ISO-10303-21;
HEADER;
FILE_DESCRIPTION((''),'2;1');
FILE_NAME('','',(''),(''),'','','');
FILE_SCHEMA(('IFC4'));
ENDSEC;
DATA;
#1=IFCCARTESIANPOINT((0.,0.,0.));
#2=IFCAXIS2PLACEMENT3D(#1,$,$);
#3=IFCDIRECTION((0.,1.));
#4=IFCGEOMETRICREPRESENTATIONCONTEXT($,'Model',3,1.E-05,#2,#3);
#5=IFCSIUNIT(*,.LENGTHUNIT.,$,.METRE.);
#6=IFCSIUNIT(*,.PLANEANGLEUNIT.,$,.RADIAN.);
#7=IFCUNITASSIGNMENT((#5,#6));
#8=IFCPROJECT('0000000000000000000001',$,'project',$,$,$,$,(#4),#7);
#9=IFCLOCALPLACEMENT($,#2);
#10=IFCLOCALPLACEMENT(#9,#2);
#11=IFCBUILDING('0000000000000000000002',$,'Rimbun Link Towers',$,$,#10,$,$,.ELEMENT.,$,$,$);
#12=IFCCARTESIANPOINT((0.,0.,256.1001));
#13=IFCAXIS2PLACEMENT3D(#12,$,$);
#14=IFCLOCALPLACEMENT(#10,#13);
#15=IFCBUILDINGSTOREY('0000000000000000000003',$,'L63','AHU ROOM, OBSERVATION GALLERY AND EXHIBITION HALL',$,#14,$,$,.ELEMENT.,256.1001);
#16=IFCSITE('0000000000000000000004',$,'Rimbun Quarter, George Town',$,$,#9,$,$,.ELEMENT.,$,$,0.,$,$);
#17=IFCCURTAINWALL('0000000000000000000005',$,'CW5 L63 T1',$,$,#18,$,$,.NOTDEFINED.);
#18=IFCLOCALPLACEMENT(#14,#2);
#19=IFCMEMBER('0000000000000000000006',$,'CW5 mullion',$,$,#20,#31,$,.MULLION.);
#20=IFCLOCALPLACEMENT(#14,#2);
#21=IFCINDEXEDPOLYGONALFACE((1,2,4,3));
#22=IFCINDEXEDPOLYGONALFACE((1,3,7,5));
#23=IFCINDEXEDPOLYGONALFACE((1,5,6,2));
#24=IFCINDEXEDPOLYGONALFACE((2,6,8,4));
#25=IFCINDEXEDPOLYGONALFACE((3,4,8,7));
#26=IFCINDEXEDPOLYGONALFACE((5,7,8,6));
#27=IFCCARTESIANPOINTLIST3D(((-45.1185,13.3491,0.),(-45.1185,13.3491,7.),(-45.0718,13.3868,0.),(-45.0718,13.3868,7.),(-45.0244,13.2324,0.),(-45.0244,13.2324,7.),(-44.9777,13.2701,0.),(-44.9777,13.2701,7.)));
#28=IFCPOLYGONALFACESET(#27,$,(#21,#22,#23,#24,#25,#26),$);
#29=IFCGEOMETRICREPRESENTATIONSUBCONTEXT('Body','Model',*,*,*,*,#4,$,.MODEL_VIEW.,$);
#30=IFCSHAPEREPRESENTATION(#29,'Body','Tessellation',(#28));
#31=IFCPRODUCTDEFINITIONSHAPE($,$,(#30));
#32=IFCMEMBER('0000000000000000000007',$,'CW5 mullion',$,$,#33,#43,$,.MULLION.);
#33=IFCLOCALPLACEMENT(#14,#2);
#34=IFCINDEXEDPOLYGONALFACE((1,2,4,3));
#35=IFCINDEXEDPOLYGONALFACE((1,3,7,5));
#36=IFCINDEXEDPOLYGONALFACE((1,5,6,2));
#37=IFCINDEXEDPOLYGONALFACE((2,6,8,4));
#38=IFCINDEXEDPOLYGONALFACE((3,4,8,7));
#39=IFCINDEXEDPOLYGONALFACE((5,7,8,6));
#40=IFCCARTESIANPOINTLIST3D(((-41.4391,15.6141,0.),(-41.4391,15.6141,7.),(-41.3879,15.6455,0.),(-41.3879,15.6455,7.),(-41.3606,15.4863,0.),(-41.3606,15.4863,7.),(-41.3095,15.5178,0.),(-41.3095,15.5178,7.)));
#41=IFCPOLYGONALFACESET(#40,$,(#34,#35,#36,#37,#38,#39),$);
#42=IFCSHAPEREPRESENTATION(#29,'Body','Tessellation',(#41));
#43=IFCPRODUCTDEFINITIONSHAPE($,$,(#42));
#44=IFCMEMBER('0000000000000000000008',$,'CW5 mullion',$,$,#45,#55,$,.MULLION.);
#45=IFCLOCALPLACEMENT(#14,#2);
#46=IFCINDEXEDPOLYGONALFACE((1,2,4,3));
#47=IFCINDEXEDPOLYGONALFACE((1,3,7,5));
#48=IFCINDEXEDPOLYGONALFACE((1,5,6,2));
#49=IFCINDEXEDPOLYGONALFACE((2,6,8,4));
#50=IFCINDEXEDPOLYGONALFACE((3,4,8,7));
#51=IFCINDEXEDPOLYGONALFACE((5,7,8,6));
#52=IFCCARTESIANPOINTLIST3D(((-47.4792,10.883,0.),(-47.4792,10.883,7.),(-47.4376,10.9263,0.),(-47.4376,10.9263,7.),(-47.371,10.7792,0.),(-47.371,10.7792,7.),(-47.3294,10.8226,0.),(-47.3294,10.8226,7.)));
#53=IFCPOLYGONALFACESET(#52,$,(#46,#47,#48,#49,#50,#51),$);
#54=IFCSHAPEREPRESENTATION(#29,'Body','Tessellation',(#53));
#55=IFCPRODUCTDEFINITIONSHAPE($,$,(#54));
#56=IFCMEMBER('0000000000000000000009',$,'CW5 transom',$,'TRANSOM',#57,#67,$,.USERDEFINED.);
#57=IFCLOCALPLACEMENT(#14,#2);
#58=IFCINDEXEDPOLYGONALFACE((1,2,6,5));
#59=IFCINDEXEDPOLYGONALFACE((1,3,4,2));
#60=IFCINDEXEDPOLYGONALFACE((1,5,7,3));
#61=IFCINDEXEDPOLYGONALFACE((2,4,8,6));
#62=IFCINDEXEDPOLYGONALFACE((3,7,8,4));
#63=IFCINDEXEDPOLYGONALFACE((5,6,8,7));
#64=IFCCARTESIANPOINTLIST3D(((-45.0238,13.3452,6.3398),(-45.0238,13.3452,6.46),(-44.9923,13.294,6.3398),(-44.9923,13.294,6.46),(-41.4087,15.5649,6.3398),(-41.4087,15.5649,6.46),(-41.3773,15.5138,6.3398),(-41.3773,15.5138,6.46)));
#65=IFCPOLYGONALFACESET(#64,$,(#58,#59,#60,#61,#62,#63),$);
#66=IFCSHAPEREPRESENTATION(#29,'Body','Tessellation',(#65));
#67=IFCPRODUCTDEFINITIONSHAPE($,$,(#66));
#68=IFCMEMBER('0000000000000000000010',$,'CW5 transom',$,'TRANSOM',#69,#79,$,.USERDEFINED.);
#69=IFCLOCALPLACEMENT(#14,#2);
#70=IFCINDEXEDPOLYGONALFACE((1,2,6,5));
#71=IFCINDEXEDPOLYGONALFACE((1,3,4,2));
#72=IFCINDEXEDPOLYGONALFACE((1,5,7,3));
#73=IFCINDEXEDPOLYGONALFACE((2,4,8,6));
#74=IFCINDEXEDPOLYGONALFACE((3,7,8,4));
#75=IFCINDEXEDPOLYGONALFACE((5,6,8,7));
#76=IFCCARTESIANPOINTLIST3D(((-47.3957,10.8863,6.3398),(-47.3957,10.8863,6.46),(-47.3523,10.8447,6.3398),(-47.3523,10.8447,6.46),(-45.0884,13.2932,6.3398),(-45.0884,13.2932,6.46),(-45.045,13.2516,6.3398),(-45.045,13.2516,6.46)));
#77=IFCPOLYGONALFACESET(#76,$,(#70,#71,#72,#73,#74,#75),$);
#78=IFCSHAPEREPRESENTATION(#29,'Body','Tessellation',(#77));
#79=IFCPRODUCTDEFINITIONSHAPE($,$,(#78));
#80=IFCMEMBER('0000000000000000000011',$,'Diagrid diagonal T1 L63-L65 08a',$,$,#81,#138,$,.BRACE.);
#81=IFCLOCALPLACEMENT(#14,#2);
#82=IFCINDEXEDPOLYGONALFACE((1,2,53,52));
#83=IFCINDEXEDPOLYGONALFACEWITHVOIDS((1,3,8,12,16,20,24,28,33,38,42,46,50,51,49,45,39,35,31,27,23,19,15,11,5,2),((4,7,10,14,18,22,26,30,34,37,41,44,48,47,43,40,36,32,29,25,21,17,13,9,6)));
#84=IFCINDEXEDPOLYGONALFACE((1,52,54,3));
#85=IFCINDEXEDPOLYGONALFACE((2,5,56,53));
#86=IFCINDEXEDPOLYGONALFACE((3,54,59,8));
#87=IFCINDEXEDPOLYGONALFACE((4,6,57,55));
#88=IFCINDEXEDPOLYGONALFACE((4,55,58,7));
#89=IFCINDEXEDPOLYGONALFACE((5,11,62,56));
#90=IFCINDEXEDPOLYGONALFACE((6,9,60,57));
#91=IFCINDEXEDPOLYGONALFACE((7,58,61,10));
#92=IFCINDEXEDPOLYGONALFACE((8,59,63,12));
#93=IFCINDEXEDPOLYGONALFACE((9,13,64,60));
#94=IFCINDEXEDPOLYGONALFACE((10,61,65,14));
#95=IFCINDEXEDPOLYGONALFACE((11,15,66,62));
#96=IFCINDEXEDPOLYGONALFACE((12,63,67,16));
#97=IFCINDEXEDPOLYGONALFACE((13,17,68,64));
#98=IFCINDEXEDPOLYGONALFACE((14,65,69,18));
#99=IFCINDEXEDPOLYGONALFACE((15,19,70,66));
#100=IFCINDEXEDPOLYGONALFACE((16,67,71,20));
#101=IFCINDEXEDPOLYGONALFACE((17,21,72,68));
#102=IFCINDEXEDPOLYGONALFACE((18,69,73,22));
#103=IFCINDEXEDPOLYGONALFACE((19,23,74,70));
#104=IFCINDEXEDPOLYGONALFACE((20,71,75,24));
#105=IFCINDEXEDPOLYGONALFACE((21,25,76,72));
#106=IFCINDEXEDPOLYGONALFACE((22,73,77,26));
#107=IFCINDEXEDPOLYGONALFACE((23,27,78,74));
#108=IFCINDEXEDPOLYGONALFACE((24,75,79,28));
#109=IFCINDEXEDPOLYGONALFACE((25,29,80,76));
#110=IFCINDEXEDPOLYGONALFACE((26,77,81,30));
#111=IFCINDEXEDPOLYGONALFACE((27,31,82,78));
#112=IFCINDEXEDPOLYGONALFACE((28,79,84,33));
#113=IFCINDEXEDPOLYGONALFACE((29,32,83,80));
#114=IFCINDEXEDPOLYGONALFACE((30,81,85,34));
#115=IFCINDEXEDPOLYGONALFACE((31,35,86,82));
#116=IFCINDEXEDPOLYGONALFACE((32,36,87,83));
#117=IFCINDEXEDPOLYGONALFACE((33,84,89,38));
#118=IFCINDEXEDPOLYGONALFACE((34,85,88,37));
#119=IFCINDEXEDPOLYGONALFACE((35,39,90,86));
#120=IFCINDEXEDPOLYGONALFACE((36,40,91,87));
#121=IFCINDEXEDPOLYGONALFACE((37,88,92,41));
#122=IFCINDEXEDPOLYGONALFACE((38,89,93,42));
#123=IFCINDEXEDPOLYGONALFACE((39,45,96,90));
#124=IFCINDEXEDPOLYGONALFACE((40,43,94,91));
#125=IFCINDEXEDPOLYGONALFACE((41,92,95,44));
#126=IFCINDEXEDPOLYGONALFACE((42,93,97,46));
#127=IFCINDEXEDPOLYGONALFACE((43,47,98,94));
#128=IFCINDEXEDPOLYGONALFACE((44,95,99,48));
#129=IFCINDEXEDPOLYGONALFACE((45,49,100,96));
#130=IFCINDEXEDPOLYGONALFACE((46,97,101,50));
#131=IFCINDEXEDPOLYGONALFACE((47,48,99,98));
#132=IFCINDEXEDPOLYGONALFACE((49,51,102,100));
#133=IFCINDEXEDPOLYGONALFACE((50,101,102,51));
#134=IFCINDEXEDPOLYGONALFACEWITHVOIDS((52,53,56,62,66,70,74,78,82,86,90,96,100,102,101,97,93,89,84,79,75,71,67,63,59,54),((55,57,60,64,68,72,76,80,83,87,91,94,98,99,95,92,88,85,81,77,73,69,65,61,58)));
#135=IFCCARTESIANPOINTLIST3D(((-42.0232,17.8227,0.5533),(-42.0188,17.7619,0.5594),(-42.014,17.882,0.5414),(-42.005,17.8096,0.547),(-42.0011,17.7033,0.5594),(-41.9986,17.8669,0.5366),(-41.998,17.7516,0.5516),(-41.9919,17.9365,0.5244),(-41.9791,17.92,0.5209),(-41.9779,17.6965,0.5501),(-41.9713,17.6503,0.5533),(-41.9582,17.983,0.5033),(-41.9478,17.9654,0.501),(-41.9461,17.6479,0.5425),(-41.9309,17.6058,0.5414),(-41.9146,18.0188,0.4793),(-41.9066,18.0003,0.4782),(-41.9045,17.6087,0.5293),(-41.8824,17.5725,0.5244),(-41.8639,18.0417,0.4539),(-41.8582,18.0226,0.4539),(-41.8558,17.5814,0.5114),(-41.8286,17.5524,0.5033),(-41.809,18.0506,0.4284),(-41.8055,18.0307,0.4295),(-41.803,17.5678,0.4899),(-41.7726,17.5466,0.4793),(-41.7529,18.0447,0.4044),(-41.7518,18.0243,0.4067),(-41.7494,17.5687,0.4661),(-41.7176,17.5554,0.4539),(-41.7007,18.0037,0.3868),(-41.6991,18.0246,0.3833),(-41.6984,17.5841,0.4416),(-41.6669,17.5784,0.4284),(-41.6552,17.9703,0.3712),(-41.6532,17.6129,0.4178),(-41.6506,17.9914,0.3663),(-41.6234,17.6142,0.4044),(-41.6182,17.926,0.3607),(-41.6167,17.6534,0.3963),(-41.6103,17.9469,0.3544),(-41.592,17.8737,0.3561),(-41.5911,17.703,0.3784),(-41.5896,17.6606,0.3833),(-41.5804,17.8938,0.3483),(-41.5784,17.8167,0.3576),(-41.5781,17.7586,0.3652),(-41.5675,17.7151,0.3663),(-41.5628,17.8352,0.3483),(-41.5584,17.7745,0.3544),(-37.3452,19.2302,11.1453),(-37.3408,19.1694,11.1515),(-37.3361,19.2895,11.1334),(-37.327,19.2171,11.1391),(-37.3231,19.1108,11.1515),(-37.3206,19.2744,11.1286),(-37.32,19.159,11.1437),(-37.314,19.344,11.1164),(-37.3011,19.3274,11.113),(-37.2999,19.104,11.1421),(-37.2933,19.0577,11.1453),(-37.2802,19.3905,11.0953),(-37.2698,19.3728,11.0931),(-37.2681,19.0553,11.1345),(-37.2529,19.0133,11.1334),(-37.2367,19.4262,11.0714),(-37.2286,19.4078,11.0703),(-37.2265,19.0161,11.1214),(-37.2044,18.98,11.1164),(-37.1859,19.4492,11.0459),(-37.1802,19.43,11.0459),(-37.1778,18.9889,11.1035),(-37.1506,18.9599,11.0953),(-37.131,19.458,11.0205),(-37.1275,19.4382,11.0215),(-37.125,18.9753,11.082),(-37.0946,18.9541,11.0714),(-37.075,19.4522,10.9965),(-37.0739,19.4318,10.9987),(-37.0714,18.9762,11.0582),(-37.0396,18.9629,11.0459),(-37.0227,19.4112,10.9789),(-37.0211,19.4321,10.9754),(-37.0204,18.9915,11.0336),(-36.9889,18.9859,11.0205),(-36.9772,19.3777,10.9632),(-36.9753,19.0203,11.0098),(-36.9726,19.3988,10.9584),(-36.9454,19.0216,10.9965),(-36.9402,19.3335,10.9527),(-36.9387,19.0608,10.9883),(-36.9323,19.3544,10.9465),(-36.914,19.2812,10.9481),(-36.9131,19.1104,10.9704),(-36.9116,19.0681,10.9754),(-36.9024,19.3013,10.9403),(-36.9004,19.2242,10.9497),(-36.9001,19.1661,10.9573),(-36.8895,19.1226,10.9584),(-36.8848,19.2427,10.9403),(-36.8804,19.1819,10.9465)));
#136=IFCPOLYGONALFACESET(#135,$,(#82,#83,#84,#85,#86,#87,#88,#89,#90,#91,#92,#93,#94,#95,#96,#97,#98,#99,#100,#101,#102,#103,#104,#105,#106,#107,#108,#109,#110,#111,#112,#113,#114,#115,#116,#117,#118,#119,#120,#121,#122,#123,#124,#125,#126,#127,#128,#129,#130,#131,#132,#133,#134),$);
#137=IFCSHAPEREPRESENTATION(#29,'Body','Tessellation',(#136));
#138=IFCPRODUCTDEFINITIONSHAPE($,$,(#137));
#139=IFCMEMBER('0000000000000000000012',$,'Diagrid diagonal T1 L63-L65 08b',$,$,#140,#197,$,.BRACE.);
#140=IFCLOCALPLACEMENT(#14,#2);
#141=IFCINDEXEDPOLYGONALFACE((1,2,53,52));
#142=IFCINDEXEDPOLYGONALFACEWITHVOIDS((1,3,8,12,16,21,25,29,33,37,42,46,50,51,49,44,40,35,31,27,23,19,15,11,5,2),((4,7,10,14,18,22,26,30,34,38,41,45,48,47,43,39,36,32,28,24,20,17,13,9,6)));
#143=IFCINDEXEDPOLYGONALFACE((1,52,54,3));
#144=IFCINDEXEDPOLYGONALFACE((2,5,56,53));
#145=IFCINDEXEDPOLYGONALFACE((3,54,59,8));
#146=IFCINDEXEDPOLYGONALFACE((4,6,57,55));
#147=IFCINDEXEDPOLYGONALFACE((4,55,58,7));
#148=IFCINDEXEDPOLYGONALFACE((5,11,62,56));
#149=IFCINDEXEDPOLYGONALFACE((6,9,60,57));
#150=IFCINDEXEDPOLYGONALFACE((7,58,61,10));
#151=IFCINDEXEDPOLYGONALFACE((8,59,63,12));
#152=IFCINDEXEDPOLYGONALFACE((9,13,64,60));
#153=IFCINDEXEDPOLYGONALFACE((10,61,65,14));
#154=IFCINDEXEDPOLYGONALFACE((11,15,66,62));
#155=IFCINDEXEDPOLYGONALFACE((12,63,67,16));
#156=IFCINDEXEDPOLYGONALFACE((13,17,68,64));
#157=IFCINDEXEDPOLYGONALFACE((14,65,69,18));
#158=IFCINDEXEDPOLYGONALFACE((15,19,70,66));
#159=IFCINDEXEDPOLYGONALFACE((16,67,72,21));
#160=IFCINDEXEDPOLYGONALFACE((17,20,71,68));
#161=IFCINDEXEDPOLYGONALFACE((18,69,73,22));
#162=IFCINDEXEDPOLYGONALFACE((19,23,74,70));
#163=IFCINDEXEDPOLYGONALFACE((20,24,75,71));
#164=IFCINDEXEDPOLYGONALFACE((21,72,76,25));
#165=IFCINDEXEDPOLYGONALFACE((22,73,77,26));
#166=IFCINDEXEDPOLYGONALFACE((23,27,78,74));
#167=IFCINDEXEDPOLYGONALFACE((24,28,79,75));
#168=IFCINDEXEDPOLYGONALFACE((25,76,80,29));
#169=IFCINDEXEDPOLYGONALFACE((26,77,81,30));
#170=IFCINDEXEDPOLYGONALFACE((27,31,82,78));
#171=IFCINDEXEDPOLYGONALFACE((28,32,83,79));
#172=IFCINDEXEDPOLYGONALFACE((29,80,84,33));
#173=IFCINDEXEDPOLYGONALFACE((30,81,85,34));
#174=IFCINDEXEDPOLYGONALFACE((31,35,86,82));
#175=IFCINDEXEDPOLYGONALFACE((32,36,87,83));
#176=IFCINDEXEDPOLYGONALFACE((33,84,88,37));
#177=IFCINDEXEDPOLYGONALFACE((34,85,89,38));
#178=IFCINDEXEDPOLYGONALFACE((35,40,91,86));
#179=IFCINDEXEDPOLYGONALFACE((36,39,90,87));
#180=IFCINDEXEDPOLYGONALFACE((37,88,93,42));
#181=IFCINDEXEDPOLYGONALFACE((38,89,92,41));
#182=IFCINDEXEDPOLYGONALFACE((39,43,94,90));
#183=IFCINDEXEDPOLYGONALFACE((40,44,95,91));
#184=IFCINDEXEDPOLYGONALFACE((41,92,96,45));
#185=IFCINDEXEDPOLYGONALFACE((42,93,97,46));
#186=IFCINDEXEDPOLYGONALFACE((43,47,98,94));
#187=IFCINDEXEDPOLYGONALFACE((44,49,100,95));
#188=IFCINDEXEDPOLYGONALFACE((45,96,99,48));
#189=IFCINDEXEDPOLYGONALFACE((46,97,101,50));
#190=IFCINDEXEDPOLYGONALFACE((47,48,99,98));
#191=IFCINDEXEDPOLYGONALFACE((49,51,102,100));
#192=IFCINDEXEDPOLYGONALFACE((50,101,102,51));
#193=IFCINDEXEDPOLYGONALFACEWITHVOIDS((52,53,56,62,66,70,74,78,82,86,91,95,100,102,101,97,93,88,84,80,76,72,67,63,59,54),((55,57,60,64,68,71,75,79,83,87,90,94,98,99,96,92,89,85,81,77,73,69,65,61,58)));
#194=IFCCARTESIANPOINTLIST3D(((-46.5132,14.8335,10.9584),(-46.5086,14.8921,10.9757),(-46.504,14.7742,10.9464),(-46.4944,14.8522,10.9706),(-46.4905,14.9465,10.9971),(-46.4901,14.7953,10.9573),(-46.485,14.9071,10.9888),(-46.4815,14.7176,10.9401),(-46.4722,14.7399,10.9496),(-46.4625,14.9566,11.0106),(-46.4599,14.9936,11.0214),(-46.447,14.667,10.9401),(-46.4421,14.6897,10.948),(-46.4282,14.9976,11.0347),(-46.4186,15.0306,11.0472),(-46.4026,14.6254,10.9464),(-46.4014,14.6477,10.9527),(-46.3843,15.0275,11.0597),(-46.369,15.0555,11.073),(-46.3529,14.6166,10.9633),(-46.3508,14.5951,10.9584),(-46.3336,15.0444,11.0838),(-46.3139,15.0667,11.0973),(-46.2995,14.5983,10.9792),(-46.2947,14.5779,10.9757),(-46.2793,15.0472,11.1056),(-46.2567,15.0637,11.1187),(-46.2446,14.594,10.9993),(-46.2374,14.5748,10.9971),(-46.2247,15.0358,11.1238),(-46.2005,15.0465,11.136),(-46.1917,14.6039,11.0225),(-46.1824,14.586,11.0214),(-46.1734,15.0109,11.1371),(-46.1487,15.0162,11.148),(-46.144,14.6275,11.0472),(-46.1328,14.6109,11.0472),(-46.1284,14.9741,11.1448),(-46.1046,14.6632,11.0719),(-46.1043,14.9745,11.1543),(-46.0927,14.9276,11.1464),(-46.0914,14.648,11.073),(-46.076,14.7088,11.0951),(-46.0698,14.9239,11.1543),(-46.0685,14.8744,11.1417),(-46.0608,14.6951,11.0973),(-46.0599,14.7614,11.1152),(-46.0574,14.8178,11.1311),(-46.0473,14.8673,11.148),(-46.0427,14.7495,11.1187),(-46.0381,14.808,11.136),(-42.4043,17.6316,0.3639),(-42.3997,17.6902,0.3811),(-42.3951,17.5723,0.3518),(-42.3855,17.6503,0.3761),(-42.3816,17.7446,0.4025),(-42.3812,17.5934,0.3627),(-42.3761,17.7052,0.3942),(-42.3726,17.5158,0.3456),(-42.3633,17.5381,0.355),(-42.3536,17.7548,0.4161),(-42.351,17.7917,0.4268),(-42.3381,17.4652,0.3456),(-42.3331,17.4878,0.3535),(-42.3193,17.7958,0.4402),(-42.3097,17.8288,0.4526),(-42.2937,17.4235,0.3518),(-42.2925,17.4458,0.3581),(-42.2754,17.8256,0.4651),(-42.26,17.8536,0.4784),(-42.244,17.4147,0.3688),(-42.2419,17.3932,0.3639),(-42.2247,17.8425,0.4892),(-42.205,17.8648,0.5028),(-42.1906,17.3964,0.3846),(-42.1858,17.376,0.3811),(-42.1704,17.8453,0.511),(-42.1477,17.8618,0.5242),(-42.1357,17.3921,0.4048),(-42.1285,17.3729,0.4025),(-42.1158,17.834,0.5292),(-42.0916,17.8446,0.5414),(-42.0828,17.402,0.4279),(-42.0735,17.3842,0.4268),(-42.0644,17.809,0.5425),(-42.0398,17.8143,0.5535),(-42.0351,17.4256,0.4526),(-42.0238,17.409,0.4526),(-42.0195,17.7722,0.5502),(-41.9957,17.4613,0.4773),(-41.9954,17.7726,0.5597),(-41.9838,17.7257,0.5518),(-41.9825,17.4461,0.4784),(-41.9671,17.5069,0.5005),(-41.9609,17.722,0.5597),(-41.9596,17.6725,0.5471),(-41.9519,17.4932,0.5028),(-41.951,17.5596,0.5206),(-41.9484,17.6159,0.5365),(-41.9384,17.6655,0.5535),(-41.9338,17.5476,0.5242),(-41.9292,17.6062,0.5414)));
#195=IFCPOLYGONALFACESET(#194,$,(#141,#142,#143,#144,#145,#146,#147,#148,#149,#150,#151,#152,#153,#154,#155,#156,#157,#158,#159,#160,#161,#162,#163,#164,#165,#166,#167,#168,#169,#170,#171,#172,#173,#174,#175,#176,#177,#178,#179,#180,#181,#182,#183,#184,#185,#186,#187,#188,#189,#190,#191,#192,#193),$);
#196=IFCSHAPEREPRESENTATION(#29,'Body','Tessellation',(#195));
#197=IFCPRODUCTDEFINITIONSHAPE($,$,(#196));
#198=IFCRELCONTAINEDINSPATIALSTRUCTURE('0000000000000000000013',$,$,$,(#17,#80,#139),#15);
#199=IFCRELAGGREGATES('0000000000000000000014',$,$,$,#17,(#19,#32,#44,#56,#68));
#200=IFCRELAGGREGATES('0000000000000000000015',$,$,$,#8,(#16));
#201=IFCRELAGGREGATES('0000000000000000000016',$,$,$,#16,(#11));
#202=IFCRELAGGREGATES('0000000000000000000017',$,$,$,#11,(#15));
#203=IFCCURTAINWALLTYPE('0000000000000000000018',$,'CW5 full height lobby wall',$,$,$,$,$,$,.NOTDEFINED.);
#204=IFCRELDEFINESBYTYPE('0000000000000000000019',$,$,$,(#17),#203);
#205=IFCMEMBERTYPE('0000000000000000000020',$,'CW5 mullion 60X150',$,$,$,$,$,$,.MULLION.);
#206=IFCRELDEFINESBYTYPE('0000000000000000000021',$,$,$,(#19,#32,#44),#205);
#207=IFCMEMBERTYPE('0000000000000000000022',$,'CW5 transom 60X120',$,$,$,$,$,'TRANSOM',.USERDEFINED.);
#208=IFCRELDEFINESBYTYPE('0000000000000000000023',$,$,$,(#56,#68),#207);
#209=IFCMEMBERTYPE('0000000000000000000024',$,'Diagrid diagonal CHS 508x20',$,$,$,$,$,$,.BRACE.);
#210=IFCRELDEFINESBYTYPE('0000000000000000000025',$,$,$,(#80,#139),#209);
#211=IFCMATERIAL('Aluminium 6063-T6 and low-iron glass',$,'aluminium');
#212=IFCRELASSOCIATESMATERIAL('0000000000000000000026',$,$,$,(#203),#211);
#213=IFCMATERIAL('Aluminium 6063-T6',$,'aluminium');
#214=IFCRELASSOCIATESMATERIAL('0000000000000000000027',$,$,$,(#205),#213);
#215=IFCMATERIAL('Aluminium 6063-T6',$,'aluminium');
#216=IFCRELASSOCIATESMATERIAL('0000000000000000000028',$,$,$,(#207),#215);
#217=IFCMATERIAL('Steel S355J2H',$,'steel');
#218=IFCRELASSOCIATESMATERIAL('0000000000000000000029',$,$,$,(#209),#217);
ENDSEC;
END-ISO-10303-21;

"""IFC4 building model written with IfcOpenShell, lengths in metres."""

from ifc_helpers import new_model, si_unit, direction, frame, origin, origin_2d, place, context, subcontext, project, spatial, rectangle, hollow_circle, extrude, material, material_profile, profile_set, type_object, element, aggregate, save


model = new_model("IFC4")

# Units and contexts
model_context = context("Model", 3, precision=1e-05, world=origin(), true_north=direction((0.0, 1.0)))
body_context = subcontext(model_context, "Body", "Model", "MODEL_VIEW")
ifc_project = project(units=[si_unit("LENGTHUNIT", "METRE"), si_unit("PLANEANGLEUNIT", "RADIAN")], contexts=[model_context])

# Site, building, storey
site_placement = place(None, origin())
site = spatial("IfcSite", under=ifc_project, at=site_placement, Name="Rimbun Quarter, George Town", CompositionType="ELEMENT", RefElevation=0.0)
building_placement = place(site_placement, origin())
building = spatial("IfcBuilding", under=site, at=building_placement, Name="Rimbun Link Towers", CompositionType="ELEMENT")
storey_placement = place(building_placement, frame((0.0, 0.0, 256.1001)))
storey = spatial("IfcBuildingStorey", under=building, at=storey_placement, Name="L63", Description="AHU ROOM, OBSERVATION GALLERY AND EXHIBITION HALL", CompositionType="ELEMENT", Elevation=256.1001)

# Curtain wall, members
ifc_material_1 = material(Name="Aluminium 6063-T6 and low-iron glass", Category="aluminium")
curtain_wall_type = type_object("IfcCurtainWallType", Name="CW5 full height lobby wall", PredefinedType="NOTDEFINED", material=ifc_material_1)
curtain_wall_placement = place(storey_placement, origin())
curtain_wall = element("IfcCurtainWall", 1, at=curtain_wall_placement, inside=storey, type_object=curtain_wall_type, Name="CW5 L63 T1", PredefinedType="NOTDEFINED")
ifc_material_2 = material(Name="Aluminium 6063-T6", Category="aluminium")
ifc_material_profile_1 = material_profile(ifc_material_2, rectangle(XDim=0.1499, YDim=0.0601, at=origin_2d()), Name="MULLION 60X150")
ifc_profile_set_1 = profile_set([ifc_material_profile_1], Name="Aluminium 6063-T6")
member_type_1 = type_object("IfcMemberType", Name="CW5 mullion 60X150", PredefinedType="MULLION", material=ifc_profile_set_1)
member_1_placement = place(storey_placement, frame((-45.0481, 13.3096, 0.0), z_axis=(0.0, 0.0, 1.0), x_axis=(-0.627674, 0.778476, 0.0)))
member_1 = element("IfcMember", 2, at=member_1_placement, type_object=member_type_1, Name="CW5 mullion", PredefinedType="MULLION", context=body_context, shape_type="SweptSolid", body=[
    extrude(rectangle(XDim=0.1499, YDim=0.0601, at=origin_2d()), origin(), (0.0, 0.0, 1.0), 7.0),
])
member_2_placement = place(storey_placement, frame((-41.3743, 15.5659, 0.0), z_axis=(0.0, 0.0, 1.0), x_axis=(-0.523246, 0.852182, 0.0)))
member_2 = element("IfcMember", 3, at=member_2_placement, type_object=member_type_1, Name="CW5 mullion", PredefinedType="MULLION", context=body_context, shape_type="SweptSolid", body=[
    extrude(rectangle(XDim=0.1499, YDim=0.0601, at=origin_2d()), origin(), (0.0, 0.0, 1.0), 7.0),
])
member_3_placement = place(storey_placement, frame((-47.4043, 10.8528, 0.0), z_axis=(0.0, 0.0, 1.0), x_axis=(-0.721847, 0.692053, 0.0)))
member_3 = element("IfcMember", 4, at=member_3_placement, type_object=member_type_1, Name="CW5 mullion", PredefinedType="MULLION", context=body_context, shape_type="SweptSolid", body=[
    extrude(rectangle(XDim=0.1499, YDim=0.0601, at=origin_2d()), origin(), (0.0, 0.0, 1.0), 7.0),
])
ifc_material_3 = material(Name="Aluminium 6063-T6", Category="aluminium")
ifc_material_profile_2 = material_profile(ifc_material_3, rectangle(XDim=0.0601, YDim=0.1201, at=origin_2d()), Name="TRANSOM 60X120")
ifc_profile_set_2 = profile_set([ifc_material_profile_2], Name="Aluminium 6063-T6")
member_type_2 = type_object("IfcMemberType", Name="CW5 transom 60X120", ElementType="TRANSOM", PredefinedType="USERDEFINED", material=ifc_profile_set_2)
member_4_placement = place(storey_placement, frame((-45.0081, 13.3196, 6.3999), z_axis=(0.852172, 0.523262, 0.0), x_axis=(-0.523262, 0.852172, 0.0)))
member_4 = element("IfcMember", 5, at=member_4_placement, type_object=member_type_2, Name="CW5 transom", ObjectType="TRANSOM", PredefinedType="USERDEFINED", context=body_context, shape_type="SweptSolid", body=[
    extrude(rectangle(XDim=0.0601, YDim=0.1201, at=origin_2d()), origin(), (0.0, 0.0, 1.0), 4.2422),
])
member_5_placement = place(storey_placement, frame((-47.374, 10.8655, 6.3999), z_axis=(0.692012, 0.721886, 0.0), x_axis=(-0.721886, 0.692012, 0.0)))
member_5 = element("IfcMember", 6, at=member_5_placement, type_object=member_type_2, Name="CW5 transom", ObjectType="TRANSOM", PredefinedType="USERDEFINED", context=body_context, shape_type="SweptSolid", body=[
    extrude(rectangle(XDim=0.0601, YDim=0.1201, at=origin_2d()), origin(), (0.0, 0.0, 1.0), 3.3342),
])

# Members
ifc_material_4 = material(Name="Steel S355J2H", Category="steel")
ifc_material_profile_3 = material_profile(ifc_material_4, hollow_circle(Radius=0.2539, WallThickness=0.02, at=origin_2d()), Name="Diagrid diagonal CHS 508x20")
ifc_profile_set_3 = profile_set([ifc_material_profile_3], Name="Steel S355J2H")
member_type_3 = type_object("IfcMemberType", Name="Diagrid diagonal CHS 508x20", PredefinedType="BRACE", material=ifc_profile_set_3)
member_6_placement = place(storey_placement, frame((-41.7908, 17.7986, 0.4539), z_axis=(0.401051, 0.120665, 0.908074), x_axis=(-0.288113, 0.957596, 0.0)))
element("IfcMember", 7, at=member_6_placement, inside=storey, type_object=member_type_3, Name="Diagrid diagonal T1 L63-L65 08a", PredefinedType="BRACE", context=body_context, shape_type="SweptSolid", body=[
    extrude(hollow_circle(Radius=0.2539, WallThickness=0.02, at=origin_2d()), origin(), (0.0, 0.0, 1.0), 11.6643),
])
member_7_placement = place(storey_placement, frame((-42.1667, 17.6189, 0.4526), z_axis=(-0.351103, -0.239096, 0.905295), x_axis=(0.562867, -0.826547, 0.0)))
element("IfcMember", 8, at=member_7_placement, inside=storey, type_object=member_type_3, Name="Diagrid diagonal T1 L63-L65 08b", PredefinedType="BRACE", context=body_context, shape_type="SweptSolid", body=[
    extrude(hollow_circle(Radius=0.2539, WallThickness=0.02, at=origin_2d()), origin(), (0.0, 0.0, 1.0), 11.7029),
])

aggregate(curtain_wall, [member_1, member_2, member_3, member_4, member_5])

save(model, "model.ifc")
